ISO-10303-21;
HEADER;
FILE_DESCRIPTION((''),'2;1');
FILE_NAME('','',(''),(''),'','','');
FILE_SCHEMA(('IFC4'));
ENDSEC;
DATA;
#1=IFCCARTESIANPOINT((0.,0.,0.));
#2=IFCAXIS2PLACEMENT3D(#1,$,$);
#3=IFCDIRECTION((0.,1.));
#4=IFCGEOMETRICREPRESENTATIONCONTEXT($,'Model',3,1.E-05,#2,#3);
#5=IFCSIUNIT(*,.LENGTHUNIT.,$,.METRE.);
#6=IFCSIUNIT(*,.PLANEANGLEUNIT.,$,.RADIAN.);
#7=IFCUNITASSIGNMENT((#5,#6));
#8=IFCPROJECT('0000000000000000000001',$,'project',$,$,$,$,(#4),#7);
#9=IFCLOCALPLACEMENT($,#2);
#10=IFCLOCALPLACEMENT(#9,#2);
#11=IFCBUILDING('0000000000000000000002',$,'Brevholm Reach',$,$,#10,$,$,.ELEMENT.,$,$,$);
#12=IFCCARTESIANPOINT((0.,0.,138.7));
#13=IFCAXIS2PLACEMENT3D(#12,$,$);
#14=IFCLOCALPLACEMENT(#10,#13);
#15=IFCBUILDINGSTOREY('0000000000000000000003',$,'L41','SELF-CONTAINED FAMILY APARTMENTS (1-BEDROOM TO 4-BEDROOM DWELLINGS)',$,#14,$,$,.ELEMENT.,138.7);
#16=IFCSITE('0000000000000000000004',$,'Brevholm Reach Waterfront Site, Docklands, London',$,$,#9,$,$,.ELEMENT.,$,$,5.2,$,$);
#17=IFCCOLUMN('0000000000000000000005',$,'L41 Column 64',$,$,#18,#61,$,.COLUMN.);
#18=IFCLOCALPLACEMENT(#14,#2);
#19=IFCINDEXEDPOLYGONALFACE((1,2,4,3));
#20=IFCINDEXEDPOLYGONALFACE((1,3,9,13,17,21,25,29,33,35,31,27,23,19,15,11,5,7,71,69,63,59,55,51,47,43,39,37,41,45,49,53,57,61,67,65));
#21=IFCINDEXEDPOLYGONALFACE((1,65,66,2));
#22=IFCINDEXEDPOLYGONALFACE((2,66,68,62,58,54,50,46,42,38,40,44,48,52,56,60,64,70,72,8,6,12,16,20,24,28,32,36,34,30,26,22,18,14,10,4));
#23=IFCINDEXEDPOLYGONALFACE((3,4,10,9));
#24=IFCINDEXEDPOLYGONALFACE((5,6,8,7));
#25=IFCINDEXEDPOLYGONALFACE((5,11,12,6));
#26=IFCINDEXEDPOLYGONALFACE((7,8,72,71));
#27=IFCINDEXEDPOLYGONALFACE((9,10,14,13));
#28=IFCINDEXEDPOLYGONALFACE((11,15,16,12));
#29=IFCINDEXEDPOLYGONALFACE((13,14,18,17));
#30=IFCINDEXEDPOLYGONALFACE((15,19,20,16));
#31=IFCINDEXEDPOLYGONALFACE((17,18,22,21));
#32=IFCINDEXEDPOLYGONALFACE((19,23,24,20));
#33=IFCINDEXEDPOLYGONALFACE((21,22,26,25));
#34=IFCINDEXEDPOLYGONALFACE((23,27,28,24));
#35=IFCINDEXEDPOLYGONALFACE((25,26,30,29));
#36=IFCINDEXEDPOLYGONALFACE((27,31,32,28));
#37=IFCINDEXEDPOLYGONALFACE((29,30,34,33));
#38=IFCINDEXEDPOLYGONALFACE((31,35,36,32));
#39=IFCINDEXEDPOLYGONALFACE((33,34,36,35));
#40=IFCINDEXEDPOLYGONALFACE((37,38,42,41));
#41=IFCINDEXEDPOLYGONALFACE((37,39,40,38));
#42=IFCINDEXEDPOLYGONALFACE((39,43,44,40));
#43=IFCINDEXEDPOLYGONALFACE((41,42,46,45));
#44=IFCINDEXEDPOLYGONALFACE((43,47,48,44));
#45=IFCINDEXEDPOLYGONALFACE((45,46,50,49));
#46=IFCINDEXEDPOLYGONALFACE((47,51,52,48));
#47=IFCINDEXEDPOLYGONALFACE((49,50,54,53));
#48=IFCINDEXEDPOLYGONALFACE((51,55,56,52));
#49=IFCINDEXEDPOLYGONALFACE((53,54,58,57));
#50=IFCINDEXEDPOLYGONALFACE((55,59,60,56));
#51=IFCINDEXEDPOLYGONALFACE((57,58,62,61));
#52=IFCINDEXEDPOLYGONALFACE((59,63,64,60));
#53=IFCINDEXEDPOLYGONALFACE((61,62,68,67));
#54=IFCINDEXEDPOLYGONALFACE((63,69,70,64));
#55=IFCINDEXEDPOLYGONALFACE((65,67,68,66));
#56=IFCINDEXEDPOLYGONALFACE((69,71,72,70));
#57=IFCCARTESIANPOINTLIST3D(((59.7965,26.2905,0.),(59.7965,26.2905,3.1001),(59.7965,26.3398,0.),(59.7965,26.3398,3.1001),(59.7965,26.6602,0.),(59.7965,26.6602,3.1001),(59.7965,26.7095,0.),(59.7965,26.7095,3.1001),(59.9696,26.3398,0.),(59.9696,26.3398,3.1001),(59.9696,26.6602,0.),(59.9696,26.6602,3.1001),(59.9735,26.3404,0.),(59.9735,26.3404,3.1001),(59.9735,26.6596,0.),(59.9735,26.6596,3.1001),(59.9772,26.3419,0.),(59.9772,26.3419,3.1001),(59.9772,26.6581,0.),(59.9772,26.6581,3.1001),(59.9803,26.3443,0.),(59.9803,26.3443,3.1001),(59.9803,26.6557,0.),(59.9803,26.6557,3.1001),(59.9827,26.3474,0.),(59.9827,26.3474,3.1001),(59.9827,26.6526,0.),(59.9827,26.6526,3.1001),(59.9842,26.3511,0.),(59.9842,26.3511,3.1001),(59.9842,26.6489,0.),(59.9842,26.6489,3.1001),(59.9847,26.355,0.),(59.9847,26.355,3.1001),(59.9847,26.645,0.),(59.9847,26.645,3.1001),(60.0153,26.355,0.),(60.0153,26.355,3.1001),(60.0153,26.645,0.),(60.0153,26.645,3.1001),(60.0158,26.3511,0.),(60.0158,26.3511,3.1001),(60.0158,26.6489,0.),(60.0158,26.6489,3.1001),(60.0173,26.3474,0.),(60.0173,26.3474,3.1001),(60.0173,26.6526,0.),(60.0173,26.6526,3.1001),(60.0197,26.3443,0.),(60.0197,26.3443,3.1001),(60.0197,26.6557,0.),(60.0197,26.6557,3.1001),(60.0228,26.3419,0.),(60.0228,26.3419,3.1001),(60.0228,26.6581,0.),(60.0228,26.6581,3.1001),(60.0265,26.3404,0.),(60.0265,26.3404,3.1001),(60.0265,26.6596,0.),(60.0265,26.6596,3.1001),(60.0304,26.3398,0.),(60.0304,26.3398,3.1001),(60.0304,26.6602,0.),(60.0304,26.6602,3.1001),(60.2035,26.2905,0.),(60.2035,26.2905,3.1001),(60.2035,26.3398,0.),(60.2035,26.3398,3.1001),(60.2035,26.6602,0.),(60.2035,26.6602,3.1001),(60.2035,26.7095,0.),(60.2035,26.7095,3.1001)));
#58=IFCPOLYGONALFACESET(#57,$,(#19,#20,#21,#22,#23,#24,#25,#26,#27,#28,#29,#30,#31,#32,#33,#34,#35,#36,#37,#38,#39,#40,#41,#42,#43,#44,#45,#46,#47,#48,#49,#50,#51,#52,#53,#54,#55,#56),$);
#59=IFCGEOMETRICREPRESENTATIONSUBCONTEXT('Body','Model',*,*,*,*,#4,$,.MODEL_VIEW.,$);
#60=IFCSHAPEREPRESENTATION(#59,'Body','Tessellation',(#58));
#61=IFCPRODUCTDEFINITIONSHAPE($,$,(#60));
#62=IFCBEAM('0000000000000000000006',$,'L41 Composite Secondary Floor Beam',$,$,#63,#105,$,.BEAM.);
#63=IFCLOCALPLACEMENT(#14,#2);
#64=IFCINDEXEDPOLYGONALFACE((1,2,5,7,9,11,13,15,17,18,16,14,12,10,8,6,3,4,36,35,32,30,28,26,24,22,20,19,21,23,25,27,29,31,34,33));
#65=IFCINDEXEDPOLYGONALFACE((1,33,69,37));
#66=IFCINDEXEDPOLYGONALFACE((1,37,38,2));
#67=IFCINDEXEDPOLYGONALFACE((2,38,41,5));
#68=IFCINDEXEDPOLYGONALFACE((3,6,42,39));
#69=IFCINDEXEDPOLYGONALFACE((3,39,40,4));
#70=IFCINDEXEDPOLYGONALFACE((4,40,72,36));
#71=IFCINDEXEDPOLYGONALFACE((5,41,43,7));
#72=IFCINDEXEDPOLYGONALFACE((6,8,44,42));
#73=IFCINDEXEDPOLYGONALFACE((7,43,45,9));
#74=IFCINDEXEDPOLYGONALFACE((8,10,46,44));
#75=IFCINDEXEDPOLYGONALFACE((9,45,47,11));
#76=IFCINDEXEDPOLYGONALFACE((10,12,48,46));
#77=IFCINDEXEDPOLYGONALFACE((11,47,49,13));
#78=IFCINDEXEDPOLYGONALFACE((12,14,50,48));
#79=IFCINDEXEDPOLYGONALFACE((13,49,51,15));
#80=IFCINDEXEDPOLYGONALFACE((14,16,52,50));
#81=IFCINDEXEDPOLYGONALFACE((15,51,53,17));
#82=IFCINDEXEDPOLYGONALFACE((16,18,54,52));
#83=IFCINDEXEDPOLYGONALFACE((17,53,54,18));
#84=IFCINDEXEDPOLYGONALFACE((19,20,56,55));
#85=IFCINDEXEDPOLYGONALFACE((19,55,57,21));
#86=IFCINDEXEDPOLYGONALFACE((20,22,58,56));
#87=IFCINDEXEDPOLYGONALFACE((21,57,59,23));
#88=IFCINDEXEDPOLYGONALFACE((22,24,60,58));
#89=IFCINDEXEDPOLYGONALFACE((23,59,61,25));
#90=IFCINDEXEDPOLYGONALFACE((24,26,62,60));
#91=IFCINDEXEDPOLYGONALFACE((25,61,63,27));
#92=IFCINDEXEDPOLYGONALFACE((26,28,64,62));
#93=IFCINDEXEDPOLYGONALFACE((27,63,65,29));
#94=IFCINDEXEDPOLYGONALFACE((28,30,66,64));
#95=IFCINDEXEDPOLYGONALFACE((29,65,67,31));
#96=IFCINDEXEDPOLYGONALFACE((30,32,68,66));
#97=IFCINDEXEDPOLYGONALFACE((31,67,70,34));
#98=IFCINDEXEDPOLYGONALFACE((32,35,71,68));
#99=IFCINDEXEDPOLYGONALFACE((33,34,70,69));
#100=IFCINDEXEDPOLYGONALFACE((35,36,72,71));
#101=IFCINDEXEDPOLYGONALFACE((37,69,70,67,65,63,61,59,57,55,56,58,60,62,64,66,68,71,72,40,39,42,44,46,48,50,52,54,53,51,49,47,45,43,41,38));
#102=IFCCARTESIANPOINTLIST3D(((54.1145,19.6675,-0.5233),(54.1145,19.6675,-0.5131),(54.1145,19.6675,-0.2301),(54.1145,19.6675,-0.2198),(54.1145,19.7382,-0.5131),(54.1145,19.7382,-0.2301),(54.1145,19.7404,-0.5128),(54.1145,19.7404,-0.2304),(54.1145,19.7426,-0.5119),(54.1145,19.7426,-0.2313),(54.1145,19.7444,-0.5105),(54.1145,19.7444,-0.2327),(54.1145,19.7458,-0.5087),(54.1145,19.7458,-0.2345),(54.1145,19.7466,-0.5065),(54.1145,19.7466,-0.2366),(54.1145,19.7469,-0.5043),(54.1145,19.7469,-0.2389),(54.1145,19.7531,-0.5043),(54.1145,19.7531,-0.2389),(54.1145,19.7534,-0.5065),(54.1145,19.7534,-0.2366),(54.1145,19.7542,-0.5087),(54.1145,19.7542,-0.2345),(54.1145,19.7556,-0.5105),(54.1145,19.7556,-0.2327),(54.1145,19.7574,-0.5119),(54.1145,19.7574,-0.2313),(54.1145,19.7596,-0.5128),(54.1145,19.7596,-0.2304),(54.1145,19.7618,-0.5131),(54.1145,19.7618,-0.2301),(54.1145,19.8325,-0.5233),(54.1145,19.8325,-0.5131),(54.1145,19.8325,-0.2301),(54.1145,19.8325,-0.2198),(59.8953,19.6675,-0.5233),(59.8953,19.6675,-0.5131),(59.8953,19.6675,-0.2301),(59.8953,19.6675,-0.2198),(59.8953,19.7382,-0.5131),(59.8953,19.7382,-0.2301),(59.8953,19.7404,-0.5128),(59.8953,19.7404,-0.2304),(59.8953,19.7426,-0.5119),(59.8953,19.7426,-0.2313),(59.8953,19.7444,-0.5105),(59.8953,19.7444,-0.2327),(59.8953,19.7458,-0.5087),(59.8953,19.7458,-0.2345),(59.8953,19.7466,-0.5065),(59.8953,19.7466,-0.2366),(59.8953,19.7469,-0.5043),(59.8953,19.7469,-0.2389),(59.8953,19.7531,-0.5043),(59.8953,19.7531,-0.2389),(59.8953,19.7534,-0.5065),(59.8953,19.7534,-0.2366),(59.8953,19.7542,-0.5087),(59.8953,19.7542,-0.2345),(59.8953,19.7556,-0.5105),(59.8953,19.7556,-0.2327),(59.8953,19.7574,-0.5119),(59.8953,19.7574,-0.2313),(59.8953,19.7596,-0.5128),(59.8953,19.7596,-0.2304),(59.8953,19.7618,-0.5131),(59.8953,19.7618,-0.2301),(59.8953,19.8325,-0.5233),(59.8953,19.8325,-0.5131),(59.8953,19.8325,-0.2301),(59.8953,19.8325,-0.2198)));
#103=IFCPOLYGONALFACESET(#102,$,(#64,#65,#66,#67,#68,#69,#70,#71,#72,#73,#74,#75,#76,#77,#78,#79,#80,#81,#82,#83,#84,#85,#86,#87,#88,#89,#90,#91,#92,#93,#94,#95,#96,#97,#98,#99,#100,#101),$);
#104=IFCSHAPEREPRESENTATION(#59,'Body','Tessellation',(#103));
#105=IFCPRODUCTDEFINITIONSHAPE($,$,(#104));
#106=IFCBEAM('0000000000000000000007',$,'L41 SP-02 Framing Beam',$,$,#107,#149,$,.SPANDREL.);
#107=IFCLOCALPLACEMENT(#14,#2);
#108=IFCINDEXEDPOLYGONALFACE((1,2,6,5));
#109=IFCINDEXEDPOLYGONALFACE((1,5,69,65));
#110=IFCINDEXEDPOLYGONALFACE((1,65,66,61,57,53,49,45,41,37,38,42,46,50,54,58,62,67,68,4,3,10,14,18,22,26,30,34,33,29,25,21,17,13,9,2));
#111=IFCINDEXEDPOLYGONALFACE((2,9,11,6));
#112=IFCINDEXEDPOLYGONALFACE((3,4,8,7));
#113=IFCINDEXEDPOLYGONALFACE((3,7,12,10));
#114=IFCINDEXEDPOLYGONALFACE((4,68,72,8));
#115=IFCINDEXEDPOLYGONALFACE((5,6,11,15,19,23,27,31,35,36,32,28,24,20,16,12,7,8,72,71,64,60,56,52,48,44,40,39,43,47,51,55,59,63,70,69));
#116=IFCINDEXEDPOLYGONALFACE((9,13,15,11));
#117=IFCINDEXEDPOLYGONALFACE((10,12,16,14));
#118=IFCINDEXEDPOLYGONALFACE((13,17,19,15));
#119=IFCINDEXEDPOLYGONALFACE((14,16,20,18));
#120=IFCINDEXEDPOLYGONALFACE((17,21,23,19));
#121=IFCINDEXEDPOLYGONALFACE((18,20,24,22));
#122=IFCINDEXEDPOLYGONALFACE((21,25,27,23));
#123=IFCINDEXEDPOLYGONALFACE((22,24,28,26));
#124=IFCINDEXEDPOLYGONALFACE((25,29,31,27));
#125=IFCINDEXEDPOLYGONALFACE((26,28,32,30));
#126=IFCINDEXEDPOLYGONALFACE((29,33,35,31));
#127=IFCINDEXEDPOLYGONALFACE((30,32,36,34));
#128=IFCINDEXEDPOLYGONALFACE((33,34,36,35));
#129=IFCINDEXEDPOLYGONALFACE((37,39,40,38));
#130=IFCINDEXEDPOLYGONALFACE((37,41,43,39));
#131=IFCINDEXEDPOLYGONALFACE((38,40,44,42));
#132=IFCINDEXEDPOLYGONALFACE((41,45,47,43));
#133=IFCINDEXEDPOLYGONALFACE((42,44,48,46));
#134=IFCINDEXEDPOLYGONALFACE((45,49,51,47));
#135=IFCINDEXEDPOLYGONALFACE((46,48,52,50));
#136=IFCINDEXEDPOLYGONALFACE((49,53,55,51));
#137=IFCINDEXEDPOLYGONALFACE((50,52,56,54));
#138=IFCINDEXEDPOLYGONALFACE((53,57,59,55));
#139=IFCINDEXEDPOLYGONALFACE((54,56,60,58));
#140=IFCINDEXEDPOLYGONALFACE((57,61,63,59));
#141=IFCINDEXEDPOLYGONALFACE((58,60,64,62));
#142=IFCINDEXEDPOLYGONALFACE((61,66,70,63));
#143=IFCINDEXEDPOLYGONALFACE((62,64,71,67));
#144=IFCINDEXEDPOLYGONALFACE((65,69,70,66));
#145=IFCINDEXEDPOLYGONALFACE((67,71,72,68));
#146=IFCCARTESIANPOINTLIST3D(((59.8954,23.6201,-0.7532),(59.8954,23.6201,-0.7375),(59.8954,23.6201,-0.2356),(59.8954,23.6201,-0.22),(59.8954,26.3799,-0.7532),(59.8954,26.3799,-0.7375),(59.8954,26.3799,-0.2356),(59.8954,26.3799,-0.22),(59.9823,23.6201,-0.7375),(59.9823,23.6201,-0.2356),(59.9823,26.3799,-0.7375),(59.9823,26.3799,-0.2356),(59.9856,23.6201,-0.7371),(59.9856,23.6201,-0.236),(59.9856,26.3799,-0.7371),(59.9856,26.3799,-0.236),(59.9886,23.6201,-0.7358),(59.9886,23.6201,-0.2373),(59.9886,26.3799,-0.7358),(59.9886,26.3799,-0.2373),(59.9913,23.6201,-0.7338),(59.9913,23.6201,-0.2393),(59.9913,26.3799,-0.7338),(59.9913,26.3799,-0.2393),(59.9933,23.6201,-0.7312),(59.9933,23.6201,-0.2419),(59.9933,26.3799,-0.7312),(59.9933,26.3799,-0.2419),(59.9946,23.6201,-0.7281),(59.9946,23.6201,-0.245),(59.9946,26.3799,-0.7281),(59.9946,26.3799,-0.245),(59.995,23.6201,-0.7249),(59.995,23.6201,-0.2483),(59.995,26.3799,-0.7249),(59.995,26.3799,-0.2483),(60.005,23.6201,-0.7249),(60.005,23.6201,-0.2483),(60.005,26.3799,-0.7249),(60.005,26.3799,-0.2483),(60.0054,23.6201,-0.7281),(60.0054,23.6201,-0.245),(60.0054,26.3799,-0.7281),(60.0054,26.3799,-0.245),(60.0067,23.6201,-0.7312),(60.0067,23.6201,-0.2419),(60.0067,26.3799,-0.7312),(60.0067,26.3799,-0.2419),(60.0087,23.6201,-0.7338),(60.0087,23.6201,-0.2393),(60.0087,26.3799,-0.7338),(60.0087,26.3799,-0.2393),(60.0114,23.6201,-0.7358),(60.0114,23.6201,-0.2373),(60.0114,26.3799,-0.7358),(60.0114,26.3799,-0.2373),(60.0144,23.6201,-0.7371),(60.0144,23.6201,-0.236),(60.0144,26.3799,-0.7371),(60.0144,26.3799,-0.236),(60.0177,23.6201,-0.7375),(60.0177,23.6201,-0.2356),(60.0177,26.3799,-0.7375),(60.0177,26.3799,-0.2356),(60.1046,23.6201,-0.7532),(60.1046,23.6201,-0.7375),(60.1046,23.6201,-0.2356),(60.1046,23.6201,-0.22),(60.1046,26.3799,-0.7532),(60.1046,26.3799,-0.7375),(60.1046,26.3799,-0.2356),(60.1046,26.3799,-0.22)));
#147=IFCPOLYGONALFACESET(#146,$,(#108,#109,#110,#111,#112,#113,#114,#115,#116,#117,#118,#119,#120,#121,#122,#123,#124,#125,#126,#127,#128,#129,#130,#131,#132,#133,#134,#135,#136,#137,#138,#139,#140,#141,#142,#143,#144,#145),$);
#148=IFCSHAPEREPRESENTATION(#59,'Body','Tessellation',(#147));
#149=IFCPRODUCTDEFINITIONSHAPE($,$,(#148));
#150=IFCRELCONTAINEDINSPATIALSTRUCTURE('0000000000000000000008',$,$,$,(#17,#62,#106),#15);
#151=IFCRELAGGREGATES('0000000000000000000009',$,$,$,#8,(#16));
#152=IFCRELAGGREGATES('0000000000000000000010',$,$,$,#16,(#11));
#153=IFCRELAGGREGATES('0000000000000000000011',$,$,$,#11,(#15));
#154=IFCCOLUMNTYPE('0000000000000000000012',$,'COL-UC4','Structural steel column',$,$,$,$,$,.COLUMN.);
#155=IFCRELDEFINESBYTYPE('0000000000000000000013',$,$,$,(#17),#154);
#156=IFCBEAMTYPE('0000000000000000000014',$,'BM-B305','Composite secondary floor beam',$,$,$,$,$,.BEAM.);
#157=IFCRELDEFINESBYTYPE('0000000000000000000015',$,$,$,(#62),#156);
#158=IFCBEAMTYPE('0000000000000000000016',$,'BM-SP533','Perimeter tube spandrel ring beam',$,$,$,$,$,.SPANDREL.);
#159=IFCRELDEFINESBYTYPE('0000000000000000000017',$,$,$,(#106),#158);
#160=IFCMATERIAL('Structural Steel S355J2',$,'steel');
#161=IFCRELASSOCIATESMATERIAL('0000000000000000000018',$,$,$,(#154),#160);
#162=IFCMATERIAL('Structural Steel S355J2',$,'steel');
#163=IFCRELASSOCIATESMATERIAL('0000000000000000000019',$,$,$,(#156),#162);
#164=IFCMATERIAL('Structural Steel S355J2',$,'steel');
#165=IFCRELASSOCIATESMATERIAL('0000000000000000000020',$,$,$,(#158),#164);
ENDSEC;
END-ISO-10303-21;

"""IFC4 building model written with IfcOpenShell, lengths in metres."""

from ifc_helpers import new_model, si_unit, direction, frame, origin, origin_2d, place, context, subcontext, project, spatial, i_section, extrude, material, material_profile, profile_set, type_object, element, save


model = new_model("IFC4")

# Units and contexts
model_context = context("Model", 3, precision=1e-05, world=origin(), true_north=direction((0.0, 1.0)))
body_context = subcontext(model_context, "Body", "Model", "MODEL_VIEW")
ifc_project = project(units=[si_unit("LENGTHUNIT", "METRE"), si_unit("PLANEANGLEUNIT", "RADIAN")], contexts=[model_context])

# Site, building, storey
site_placement = place(None, origin())
site = spatial("IfcSite", under=ifc_project, at=site_placement, Name="Brevholm Reach Waterfront Site, Docklands, London", CompositionType="ELEMENT", RefElevation=5.2)
building_placement = place(site_placement, origin())
building = spatial("IfcBuilding", under=site, at=building_placement, Name="Brevholm Reach", CompositionType="ELEMENT")
storey_placement = place(building_placement, frame((0.0, 0.0, 138.7)))
storey = spatial("IfcBuildingStorey", under=building, at=storey_placement, Name="L41", Description="SELF-CONTAINED FAMILY APARTMENTS (1-BEDROOM TO 4-BEDROOM DWELLINGS)", CompositionType="ELEMENT", Elevation=138.7)

# Column
ifc_material_1 = material(Name="Structural Steel S355J2", Category="steel")
ifc_material_profile_1 = material_profile(ifc_material_1, i_section(OverallWidth=0.407, OverallDepth=0.4189, WebThickness=0.0305, FlangeThickness=0.0493, FilletRadius=0.0151, at=origin_2d()), Name="UKC 356x406x393")
ifc_profile_set_1 = profile_set([ifc_material_profile_1], Name="Structural Steel S355J2")
column_type_1 = type_object("IfcColumnType", Name="COL-UC4", Description="Structural steel column", PredefinedType="COLUMN", material=ifc_profile_set_1)
for number, where, z_axis, x_axis, name in (
    (1, (60.0, 26.5, 0.0), (0.0, 0.0, 1.0), (1.0, 0.0, 0.0), "L41 Column 64"),
):
    element("IfcColumn", number, at=place(storey_placement, frame(where, z_axis=z_axis, x_axis=x_axis)), inside=storey, type_object=column_type_1, Name=name, PredefinedType="COLUMN", context=body_context, shape_type="SweptSolid", body=[
        extrude(i_section(OverallWidth=0.407, OverallDepth=0.4189, WebThickness=0.0305, FlangeThickness=0.0493, FilletRadius=0.0151, at=origin_2d()), origin(), (0.0, 0.0, 1.0), 3.1001),
    ])

# Beams
ifc_material_2 = material(Name="Structural Steel S355J2", Category="steel")
ifc_material_profile_2 = material_profile(ifc_material_2, i_section(OverallWidth=0.165, OverallDepth=0.3035, WebThickness=0.0061, FlangeThickness=0.0103, FilletRadius=0.0088, at=origin_2d()), Name="UKB 305x165x40")
ifc_profile_set_2 = profile_set([ifc_material_profile_2], Name="Structural Steel S355J2")
beam_type_1 = type_object("IfcBeamType", Name="BM-B305", Description="Composite secondary floor beam", PredefinedType="BEAM", material=ifc_profile_set_2)
beam_1_placement = place(storey_placement, frame((54.1145, 19.75, -0.3716), z_axis=(1.0, 0.0, 0.0), x_axis=(0.0, 1.0, 0.0)))
element("IfcBeam", 2, at=beam_1_placement, inside=storey, type_object=beam_type_1, Name="L41 Composite Secondary Floor Beam", PredefinedType="BEAM", context=body_context, shape_type="SweptSolid", body=[
    extrude(i_section(OverallWidth=0.165, OverallDepth=0.3035, WebThickness=0.0061, FlangeThickness=0.0103, FilletRadius=0.0088, at=origin_2d()), origin(), (0.0, 0.0, 1.0), 5.7808),
])
ifc_material_3 = material(Name="Structural Steel S355J2", Category="steel")
ifc_material_profile_3 = material_profile(ifc_material_3, i_section(OverallWidth=0.2092, OverallDepth=0.5332, WebThickness=0.01, FlangeThickness=0.0156, FilletRadius=0.0127, at=origin_2d()), Name="UKB 533x210x92")
ifc_profile_set_3 = profile_set([ifc_material_profile_3], Name="Structural Steel S355J2")
beam_type_2 = type_object("IfcBeamType", Name="BM-SP533", Description="Perimeter tube spandrel ring beam", PredefinedType="SPANDREL", material=ifc_profile_set_3)
beam_2_placement = place(storey_placement, frame((60.0, 23.6201, -0.4866), z_axis=(0.0, 1.0, 0.0), x_axis=(-1.0, 0.0, 0.0)))
element("IfcBeam", 3, at=beam_2_placement, inside=storey, type_object=beam_type_2, Name="L41 SP-02 Framing Beam", PredefinedType="SPANDREL", context=body_context, shape_type="SweptSolid", body=[
    extrude(i_section(OverallWidth=0.2092, OverallDepth=0.5332, WebThickness=0.01, FlangeThickness=0.0156, FilletRadius=0.0127, at=origin_2d()), origin(), (0.0, 0.0, 1.0), 2.7598),
])

save(model, "model.ifc")
